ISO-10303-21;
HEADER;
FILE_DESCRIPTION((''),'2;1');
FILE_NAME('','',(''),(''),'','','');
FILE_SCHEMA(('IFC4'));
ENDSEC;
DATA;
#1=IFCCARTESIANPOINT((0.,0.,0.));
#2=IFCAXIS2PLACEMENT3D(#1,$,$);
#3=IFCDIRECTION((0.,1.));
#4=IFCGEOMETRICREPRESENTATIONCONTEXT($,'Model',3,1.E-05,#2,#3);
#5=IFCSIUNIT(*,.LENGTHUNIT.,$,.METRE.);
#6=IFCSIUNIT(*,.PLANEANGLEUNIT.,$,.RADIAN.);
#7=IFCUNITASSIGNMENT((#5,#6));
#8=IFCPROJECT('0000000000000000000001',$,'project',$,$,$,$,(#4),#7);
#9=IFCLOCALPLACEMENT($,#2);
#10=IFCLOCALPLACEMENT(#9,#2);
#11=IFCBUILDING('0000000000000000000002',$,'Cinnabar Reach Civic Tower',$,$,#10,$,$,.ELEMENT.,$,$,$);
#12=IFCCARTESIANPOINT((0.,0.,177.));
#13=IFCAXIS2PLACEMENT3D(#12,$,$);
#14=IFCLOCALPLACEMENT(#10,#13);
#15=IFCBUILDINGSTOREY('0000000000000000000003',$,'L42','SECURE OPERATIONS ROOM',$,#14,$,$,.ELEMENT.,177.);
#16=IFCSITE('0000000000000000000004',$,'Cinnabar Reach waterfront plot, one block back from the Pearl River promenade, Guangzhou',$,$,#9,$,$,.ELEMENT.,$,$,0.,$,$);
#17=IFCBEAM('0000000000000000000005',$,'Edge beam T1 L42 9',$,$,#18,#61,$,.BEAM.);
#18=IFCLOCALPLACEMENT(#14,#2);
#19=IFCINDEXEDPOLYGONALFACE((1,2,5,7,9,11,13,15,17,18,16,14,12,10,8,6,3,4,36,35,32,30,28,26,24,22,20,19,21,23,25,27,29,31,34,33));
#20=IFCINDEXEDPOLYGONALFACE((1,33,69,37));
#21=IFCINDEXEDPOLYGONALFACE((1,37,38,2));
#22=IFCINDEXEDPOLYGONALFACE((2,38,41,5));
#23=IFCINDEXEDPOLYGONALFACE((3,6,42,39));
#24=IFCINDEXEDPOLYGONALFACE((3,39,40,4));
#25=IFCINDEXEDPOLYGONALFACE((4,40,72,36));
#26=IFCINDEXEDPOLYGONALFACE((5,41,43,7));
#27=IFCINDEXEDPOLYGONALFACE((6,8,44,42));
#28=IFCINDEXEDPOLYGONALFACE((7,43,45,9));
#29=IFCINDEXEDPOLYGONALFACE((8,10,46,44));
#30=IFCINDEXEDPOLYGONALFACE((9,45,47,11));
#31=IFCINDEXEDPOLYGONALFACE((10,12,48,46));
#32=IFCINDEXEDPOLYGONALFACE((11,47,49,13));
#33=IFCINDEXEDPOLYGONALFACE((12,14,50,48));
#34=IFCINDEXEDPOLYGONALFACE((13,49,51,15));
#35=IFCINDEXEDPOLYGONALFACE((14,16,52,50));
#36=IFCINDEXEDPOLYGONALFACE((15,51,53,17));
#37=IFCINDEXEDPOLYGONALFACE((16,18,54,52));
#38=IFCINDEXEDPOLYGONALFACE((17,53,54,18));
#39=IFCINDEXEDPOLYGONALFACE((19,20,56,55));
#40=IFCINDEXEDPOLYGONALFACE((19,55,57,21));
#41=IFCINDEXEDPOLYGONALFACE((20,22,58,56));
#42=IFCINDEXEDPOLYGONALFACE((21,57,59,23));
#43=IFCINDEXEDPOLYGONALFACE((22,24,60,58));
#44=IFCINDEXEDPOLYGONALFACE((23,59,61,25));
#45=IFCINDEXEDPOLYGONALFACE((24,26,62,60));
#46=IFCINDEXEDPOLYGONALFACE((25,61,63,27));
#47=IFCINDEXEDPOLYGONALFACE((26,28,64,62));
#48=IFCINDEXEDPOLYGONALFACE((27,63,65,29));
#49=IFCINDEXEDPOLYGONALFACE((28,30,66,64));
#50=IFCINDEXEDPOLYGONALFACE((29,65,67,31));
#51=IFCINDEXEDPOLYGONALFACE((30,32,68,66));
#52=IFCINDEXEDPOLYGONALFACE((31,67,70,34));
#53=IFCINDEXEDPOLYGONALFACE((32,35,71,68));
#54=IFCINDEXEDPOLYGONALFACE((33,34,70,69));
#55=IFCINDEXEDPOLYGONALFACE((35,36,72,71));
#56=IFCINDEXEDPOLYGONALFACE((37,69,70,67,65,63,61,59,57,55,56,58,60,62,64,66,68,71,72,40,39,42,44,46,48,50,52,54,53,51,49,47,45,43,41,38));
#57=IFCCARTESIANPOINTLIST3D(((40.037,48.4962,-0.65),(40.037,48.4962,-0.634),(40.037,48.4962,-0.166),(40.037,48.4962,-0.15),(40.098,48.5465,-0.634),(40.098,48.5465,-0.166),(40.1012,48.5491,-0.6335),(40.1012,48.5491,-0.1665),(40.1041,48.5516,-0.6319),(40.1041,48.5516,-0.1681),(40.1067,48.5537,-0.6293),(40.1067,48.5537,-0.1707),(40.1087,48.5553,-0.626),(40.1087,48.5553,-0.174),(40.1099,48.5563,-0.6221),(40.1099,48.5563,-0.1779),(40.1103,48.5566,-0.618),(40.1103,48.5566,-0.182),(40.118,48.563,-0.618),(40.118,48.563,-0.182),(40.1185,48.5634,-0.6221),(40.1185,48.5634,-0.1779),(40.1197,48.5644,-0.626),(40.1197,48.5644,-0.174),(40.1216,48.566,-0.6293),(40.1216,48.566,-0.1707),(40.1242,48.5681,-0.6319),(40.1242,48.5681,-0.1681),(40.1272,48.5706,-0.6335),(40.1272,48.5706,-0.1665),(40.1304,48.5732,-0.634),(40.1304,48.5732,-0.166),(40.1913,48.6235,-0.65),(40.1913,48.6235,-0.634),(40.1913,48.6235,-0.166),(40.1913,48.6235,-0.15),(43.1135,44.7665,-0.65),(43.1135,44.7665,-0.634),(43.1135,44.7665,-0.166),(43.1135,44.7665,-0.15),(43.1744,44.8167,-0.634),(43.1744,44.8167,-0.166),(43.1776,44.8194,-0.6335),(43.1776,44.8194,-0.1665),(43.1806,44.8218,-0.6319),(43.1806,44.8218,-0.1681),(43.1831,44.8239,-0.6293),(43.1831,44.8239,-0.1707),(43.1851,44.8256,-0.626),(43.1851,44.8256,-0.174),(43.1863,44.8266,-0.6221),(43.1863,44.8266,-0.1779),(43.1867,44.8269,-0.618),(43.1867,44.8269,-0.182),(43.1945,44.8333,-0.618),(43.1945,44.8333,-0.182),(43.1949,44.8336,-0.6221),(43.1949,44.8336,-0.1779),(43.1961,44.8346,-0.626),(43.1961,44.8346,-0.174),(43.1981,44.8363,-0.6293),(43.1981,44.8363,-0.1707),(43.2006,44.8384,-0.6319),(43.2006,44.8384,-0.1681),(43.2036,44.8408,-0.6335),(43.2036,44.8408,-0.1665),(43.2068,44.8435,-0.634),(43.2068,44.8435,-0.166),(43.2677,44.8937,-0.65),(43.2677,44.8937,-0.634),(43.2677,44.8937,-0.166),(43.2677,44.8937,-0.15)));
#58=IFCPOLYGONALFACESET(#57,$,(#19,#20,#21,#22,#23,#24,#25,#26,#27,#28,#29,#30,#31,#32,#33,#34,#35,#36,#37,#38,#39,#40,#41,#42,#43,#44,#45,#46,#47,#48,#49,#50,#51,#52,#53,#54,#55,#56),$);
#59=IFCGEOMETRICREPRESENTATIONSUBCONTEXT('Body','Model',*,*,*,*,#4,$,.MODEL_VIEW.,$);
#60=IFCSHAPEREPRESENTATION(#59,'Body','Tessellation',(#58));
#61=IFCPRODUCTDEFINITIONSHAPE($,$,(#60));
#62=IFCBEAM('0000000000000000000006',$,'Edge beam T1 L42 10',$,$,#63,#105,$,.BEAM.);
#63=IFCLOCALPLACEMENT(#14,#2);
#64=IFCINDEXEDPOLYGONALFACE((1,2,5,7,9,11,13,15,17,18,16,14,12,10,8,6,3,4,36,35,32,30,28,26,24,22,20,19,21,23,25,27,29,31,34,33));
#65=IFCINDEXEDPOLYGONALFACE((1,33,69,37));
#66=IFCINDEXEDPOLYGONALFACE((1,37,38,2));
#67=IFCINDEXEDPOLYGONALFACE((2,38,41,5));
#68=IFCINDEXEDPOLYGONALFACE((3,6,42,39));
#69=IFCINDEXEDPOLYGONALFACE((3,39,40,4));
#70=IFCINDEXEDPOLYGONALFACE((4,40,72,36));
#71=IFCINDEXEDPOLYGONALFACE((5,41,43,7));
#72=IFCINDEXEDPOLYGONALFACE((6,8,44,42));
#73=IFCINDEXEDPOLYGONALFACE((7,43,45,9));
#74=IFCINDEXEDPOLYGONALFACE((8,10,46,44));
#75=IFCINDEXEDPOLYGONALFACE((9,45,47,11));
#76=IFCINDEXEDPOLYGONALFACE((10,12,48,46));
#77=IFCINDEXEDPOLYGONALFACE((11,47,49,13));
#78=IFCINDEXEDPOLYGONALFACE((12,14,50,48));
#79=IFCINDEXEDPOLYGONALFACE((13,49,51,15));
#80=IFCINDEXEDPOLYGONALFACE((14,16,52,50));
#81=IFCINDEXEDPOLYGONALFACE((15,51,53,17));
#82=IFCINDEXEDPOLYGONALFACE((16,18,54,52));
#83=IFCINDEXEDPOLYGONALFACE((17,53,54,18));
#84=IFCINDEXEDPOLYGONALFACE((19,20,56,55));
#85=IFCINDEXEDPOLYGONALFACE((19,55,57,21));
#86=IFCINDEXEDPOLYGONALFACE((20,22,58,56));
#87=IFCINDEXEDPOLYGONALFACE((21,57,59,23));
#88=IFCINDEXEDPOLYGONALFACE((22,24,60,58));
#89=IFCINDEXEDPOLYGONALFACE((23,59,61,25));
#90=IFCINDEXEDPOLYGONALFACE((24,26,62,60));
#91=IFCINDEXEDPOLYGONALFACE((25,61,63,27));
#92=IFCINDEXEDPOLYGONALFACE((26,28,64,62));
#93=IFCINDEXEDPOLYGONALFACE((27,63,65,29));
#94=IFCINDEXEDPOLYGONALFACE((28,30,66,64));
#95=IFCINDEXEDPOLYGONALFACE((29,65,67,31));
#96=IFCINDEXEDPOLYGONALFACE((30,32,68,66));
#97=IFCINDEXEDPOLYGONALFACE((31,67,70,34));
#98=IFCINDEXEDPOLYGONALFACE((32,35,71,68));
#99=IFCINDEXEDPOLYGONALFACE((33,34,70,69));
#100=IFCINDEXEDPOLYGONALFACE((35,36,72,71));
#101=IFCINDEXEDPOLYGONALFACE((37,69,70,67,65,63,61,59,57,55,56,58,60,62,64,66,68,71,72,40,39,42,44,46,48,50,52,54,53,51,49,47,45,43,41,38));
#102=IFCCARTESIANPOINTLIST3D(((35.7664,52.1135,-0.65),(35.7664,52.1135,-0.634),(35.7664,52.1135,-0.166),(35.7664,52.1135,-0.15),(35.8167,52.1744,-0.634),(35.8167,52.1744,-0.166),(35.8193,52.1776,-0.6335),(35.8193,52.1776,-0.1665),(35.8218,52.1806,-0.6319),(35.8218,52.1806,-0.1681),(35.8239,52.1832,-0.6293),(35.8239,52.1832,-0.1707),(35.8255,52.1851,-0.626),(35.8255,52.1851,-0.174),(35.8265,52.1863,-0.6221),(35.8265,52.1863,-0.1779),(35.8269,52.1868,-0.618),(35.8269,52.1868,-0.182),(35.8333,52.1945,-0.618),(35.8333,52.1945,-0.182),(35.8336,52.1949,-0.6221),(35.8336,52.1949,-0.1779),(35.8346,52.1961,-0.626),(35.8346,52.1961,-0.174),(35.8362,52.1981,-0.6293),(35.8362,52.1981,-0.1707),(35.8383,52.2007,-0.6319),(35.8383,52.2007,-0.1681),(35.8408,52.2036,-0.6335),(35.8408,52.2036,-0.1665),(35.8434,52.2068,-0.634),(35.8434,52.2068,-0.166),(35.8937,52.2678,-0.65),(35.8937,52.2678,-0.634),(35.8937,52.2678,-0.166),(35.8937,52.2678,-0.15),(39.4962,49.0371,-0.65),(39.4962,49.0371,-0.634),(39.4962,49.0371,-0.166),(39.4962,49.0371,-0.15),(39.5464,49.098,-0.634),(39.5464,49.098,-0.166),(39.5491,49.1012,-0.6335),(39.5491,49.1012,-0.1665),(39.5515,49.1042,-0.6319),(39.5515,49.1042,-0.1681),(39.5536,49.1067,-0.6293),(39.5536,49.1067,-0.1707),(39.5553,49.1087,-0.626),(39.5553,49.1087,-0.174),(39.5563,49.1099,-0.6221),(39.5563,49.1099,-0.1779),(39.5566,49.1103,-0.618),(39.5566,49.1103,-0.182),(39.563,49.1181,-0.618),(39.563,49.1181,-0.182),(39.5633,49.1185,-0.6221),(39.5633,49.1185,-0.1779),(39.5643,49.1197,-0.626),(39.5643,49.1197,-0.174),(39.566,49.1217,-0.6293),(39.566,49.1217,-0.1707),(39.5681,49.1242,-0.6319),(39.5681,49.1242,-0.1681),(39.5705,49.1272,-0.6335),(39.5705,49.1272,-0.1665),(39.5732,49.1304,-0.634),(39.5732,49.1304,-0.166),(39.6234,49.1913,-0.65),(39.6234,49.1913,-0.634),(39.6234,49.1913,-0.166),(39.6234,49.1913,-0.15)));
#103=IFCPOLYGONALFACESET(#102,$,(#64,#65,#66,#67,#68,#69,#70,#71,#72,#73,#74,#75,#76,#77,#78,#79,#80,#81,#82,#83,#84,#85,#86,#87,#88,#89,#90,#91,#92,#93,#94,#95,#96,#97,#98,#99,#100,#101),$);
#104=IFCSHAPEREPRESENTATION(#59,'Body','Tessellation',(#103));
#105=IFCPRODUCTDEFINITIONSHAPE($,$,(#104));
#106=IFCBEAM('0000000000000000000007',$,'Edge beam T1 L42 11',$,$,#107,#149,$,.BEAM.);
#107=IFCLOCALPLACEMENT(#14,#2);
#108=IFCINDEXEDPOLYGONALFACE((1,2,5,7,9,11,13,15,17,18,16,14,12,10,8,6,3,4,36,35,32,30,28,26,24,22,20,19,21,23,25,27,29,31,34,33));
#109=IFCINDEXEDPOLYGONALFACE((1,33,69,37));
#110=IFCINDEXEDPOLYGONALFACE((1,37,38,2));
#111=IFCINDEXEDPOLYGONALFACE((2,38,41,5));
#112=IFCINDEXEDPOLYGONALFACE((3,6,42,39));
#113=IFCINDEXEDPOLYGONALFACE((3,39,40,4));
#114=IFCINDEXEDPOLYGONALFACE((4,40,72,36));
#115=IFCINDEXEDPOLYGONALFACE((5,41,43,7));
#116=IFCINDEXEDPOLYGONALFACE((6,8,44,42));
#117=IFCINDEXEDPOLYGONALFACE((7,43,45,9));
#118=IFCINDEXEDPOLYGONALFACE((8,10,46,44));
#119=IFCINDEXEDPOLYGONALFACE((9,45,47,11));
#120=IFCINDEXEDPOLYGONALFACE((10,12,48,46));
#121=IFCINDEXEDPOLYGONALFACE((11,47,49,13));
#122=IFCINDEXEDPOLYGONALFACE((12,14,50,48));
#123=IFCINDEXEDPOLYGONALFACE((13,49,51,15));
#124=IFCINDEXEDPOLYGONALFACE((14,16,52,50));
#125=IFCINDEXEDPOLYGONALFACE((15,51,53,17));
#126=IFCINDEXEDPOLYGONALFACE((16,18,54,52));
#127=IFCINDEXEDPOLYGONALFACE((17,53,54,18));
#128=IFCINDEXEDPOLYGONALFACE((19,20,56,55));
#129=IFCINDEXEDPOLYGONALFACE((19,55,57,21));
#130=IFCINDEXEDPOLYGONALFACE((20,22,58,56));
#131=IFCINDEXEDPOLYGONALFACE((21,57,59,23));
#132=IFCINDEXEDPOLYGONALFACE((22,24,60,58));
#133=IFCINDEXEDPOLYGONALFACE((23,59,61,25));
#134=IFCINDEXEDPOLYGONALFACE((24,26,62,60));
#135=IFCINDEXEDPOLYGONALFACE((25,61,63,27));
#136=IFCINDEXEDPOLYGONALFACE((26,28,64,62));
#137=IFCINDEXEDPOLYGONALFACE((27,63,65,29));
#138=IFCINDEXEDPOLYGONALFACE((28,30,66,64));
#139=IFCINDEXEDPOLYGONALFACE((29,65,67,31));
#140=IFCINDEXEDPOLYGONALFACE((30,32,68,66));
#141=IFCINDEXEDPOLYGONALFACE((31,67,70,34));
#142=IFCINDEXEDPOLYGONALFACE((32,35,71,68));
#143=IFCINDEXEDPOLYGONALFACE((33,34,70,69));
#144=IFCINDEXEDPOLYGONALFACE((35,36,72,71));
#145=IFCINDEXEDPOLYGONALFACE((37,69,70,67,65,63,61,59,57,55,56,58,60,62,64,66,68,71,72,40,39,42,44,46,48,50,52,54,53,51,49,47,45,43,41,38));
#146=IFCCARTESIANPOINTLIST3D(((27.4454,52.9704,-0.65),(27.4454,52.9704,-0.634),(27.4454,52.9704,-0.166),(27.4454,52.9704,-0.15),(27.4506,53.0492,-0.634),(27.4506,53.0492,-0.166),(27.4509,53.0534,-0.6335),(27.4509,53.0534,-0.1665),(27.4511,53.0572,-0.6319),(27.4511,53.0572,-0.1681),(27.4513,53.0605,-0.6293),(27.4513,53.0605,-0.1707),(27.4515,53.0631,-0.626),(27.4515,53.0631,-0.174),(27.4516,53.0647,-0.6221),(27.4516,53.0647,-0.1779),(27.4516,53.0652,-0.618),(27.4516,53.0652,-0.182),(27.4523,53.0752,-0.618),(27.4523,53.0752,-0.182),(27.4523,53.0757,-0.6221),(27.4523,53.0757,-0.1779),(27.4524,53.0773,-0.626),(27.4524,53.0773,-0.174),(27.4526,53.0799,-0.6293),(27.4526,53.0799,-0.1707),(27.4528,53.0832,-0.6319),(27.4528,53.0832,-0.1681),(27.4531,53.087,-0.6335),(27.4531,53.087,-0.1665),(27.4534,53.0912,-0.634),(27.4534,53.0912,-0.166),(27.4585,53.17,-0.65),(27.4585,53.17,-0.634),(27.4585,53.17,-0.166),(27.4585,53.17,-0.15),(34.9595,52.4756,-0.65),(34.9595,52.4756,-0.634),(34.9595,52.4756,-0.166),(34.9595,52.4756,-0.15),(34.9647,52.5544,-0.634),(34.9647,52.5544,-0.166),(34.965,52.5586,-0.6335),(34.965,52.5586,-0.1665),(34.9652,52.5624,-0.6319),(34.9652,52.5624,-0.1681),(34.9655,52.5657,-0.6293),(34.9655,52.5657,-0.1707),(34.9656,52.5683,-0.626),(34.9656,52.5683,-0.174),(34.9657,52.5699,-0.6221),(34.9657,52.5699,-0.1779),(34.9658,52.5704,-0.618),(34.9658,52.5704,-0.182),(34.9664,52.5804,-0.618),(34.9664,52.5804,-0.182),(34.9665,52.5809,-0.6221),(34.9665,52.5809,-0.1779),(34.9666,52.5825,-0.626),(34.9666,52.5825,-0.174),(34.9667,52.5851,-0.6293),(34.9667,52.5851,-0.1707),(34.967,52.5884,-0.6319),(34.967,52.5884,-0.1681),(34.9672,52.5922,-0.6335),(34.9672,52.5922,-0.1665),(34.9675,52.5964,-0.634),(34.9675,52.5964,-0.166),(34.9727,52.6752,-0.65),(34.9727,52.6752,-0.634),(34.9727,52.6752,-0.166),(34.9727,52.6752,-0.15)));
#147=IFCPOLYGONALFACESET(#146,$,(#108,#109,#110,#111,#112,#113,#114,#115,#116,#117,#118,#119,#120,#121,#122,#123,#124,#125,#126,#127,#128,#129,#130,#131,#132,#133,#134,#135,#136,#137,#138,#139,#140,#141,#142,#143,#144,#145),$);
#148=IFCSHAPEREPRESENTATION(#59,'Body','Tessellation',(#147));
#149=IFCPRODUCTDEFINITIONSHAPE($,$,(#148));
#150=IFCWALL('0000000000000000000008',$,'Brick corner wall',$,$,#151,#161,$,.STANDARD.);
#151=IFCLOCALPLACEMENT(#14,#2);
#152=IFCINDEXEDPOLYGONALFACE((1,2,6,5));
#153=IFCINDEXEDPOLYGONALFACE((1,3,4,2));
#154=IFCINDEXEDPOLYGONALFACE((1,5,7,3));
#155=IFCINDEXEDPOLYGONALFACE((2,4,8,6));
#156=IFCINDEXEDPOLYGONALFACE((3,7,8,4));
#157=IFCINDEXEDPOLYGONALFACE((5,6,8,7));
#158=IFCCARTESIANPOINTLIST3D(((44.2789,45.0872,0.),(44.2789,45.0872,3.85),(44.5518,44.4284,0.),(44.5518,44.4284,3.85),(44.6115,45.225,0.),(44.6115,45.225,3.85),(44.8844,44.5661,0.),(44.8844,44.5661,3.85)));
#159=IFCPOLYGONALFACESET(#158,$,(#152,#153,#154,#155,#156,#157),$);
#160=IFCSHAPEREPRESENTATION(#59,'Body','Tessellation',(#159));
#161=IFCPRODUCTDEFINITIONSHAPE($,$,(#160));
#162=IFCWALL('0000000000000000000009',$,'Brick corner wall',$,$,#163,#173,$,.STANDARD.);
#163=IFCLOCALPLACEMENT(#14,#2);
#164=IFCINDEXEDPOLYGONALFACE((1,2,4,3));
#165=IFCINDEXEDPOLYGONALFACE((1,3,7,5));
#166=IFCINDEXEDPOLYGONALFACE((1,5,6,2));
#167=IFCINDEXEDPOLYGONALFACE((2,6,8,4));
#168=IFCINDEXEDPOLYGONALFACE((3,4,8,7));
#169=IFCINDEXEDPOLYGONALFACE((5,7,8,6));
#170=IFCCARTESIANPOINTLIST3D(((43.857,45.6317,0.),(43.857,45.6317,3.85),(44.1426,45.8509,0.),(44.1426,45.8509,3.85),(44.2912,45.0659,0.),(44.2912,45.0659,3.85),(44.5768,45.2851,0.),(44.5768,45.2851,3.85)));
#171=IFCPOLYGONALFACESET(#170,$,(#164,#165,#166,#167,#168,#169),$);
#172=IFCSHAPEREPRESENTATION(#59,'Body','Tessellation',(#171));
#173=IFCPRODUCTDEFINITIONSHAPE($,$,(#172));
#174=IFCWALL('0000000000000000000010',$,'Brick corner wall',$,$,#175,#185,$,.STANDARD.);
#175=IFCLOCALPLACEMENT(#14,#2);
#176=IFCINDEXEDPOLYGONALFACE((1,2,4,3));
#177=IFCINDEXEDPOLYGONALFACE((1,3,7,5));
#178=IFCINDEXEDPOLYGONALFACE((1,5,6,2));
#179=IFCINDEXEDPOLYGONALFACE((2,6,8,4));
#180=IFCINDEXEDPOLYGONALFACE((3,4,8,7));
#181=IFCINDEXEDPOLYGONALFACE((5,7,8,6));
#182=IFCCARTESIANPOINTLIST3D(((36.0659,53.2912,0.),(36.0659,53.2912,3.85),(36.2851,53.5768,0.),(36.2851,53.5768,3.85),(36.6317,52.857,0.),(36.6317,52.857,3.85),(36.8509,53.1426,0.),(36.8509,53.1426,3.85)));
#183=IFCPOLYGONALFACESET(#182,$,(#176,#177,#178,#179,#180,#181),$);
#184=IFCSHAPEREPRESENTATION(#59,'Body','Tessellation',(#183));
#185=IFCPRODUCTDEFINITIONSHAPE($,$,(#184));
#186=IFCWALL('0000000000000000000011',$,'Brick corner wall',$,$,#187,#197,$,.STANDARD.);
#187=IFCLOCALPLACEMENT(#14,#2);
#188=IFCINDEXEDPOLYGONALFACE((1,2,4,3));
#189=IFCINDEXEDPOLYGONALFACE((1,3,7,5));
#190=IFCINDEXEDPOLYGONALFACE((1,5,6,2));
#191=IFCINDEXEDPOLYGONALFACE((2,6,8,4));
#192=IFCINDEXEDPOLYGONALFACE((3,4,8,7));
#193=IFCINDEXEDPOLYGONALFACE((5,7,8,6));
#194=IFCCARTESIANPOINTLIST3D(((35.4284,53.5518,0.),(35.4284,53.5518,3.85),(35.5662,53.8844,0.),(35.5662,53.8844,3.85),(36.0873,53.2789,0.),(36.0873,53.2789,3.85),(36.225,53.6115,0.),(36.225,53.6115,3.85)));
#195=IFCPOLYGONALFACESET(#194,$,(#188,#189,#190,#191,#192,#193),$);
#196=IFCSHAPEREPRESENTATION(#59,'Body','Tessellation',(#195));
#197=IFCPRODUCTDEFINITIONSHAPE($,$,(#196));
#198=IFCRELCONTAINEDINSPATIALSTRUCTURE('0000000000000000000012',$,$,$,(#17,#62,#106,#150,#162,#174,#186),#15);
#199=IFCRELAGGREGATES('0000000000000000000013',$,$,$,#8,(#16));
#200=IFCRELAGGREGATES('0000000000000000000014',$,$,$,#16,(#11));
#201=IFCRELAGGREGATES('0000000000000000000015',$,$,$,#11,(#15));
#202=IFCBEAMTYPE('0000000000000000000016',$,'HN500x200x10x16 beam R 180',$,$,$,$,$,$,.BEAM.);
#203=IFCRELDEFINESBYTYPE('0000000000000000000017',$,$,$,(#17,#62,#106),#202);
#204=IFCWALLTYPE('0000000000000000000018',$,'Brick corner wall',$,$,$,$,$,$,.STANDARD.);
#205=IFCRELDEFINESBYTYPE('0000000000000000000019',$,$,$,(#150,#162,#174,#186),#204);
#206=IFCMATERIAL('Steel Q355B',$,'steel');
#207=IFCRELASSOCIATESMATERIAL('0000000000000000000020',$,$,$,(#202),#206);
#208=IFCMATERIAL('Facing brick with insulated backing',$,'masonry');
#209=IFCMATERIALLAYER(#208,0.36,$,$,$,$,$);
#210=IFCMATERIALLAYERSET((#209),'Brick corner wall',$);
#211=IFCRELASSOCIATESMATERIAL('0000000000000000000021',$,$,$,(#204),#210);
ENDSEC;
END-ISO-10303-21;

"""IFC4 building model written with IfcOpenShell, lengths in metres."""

from ifc_helpers import new_model, si_unit, direction, frame, frame_2d, origin, origin_2d, place, context, subcontext, project, spatial, rectangle, i_section, extrude, material, layer, layer_set, material_profile, profile_set, type_object, element, save


model = new_model("IFC4")

# Units and contexts
model_context = context("Model", 3, precision=1e-05, world=origin(), true_north=direction((0.0, 1.0)))
body_context = subcontext(model_context, "Body", "Model", "MODEL_VIEW")
ifc_project = project(units=[si_unit("LENGTHUNIT", "METRE"), si_unit("PLANEANGLEUNIT", "RADIAN")], contexts=[model_context])

# Site, building, storey
site_placement = place(None, origin())
site = spatial("IfcSite", under=ifc_project, at=site_placement, Name="Cinnabar Reach waterfront plot, one block back from the Pearl River promenade, Guangzhou", CompositionType="ELEMENT", RefElevation=0.0)
building_placement = place(site_placement, origin())
building = spatial("IfcBuilding", under=site, at=building_placement, Name="Cinnabar Reach Civic Tower", CompositionType="ELEMENT")
storey_placement = place(building_placement, frame((0.0, 0.0, 177.0)))
storey = spatial("IfcBuildingStorey", under=building, at=storey_placement, Name="L42", Description="SECURE OPERATIONS ROOM", CompositionType="ELEMENT", Elevation=177.0)

# Beams
ifc_material_1 = material(Name="Steel Q355B", Category="steel")
ifc_material_profile_1 = material_profile(ifc_material_1, i_section(OverallWidth=0.2, OverallDepth=0.5, WebThickness=0.01, FlangeThickness=0.016, FilletRadius=0.016, at=origin_2d()), Name="HN500x200x10x16")
ifc_profile_set_1 = profile_set([ifc_material_profile_1], Name="Steel Q355B")
beam_type_1 = type_object("IfcBeamType", Name="HN500x200x10x16 beam R 180", PredefinedType="BEAM", material=ifc_profile_set_1)
for number, where, z_axis, x_axis, name in (
    (1, (43.1906, 44.8301, -0.4), (-0.636309, 0.771434, 0.0), (-0.771434, -0.636309, 0.0), "Edge beam T1 L42 9"),
    (2, (39.5598, 49.1142, -0.4), (-0.771434, 0.636309, 0.0), (-0.636309, -0.771434, 0.0), "Edge beam T1 L42 10"),
):
    element("IfcBeam", number, at=place(storey_placement, frame(where, z_axis=z_axis, x_axis=x_axis)), inside=storey, type_object=beam_type_1, Name=name, PredefinedType="BEAM", context=body_context, shape_type="SweptSolid", body=[
        extrude(i_section(OverallWidth=0.2, OverallDepth=0.5, WebThickness=0.01, FlangeThickness=0.016, FilletRadius=0.016, at=origin_2d()), origin(), (0.0, 0.0, 1.0), 4.8348),
    ])
beam_1_placement = place(storey_placement, frame((34.9661, 52.5754, -0.4), z_axis=(-0.997839, 0.065707, 0.0), x_axis=(-0.065707, -0.997839, 0.0)))
element("IfcBeam", 3, at=beam_1_placement, inside=storey, type_object=beam_type_1, Name="Edge beam T1 L42 11", PredefinedType="BEAM", context=body_context, shape_type="SweptSolid", body=[
    extrude(i_section(OverallWidth=0.2, OverallDepth=0.5, WebThickness=0.01, FlangeThickness=0.016, FilletRadius=0.016, at=origin_2d()), origin(), (0.0, 0.0, 1.0), 7.5304),
])

# Walls
ifc_material_2 = material(Name="Facing brick with insulated backing", Category="masonry")
ifc_layer_1 = layer(ifc_material_2, 0.36)
ifc_layer_set_1 = layer_set([ifc_layer_1], Name="Brick corner wall")
wall_type_1 = type_object("IfcWallType", Name="Brick corner wall", PredefinedType="STANDARD", material=ifc_layer_set_1)
wall_1_placement = place(storey_placement, frame((44.7181, 44.4973, 0.0), z_axis=(0.0, 0.0, 1.0), x_axis=(-0.382703, 0.923872, 0.0)))
element("IfcWall", 4, at=wall_1_placement, inside=storey, type_object=wall_type_1, Name="Brick corner wall", PredefinedType="STANDARD", context=body_context, shape_type="SweptSolid", body=[
    extrude(rectangle(XDim=0.7131, YDim=0.36, at=frame_2d((0.3565, 0.0))), origin(), (0.0, 0.0, 1.0), 3.85),
])
for number, where, z_axis, x_axis, name in (
    (5, (44.434, 45.1755, 0.0), (0.0, 0.0, 1.0), (-0.608802, 0.793322, 0.0), "Brick corner wall"),
    (6, (36.7413, 52.9998, 0.0), (0.0, 0.0, 1.0), (-0.793322, 0.608802, 0.0), "Brick corner wall"),
):
    element("IfcWall", number, at=place(storey_placement, frame(where, z_axis=z_axis, x_axis=x_axis)), inside=storey, type_object=wall_type_1, Name=name, PredefinedType="STANDARD", context=body_context, shape_type="SweptSolid", body=[
        extrude(rectangle(XDim=0.7132, YDim=0.36, at=frame_2d((0.3566, 0.0))), origin(), (0.0, 0.0, 1.0), 3.85),
    ])
for number, where, z_axis, x_axis, name in (
    (7, (36.1561, 53.4452, 0.0), (0.0, 0.0, 1.0), (-0.923872, 0.382703, 0.0), "Brick corner wall"),
):
    element("IfcWall", number, at=place(storey_placement, frame(where, z_axis=z_axis, x_axis=x_axis)), inside=storey, type_object=wall_type_1, Name=name, PredefinedType="STANDARD", context=body_context, shape_type="SweptSolid", body=[
        extrude(rectangle(XDim=0.7131, YDim=0.36, at=frame_2d((0.3565, 0.0))), origin(), (0.0, 0.0, 1.0), 3.85),
    ])

save(model, "model.ifc")
